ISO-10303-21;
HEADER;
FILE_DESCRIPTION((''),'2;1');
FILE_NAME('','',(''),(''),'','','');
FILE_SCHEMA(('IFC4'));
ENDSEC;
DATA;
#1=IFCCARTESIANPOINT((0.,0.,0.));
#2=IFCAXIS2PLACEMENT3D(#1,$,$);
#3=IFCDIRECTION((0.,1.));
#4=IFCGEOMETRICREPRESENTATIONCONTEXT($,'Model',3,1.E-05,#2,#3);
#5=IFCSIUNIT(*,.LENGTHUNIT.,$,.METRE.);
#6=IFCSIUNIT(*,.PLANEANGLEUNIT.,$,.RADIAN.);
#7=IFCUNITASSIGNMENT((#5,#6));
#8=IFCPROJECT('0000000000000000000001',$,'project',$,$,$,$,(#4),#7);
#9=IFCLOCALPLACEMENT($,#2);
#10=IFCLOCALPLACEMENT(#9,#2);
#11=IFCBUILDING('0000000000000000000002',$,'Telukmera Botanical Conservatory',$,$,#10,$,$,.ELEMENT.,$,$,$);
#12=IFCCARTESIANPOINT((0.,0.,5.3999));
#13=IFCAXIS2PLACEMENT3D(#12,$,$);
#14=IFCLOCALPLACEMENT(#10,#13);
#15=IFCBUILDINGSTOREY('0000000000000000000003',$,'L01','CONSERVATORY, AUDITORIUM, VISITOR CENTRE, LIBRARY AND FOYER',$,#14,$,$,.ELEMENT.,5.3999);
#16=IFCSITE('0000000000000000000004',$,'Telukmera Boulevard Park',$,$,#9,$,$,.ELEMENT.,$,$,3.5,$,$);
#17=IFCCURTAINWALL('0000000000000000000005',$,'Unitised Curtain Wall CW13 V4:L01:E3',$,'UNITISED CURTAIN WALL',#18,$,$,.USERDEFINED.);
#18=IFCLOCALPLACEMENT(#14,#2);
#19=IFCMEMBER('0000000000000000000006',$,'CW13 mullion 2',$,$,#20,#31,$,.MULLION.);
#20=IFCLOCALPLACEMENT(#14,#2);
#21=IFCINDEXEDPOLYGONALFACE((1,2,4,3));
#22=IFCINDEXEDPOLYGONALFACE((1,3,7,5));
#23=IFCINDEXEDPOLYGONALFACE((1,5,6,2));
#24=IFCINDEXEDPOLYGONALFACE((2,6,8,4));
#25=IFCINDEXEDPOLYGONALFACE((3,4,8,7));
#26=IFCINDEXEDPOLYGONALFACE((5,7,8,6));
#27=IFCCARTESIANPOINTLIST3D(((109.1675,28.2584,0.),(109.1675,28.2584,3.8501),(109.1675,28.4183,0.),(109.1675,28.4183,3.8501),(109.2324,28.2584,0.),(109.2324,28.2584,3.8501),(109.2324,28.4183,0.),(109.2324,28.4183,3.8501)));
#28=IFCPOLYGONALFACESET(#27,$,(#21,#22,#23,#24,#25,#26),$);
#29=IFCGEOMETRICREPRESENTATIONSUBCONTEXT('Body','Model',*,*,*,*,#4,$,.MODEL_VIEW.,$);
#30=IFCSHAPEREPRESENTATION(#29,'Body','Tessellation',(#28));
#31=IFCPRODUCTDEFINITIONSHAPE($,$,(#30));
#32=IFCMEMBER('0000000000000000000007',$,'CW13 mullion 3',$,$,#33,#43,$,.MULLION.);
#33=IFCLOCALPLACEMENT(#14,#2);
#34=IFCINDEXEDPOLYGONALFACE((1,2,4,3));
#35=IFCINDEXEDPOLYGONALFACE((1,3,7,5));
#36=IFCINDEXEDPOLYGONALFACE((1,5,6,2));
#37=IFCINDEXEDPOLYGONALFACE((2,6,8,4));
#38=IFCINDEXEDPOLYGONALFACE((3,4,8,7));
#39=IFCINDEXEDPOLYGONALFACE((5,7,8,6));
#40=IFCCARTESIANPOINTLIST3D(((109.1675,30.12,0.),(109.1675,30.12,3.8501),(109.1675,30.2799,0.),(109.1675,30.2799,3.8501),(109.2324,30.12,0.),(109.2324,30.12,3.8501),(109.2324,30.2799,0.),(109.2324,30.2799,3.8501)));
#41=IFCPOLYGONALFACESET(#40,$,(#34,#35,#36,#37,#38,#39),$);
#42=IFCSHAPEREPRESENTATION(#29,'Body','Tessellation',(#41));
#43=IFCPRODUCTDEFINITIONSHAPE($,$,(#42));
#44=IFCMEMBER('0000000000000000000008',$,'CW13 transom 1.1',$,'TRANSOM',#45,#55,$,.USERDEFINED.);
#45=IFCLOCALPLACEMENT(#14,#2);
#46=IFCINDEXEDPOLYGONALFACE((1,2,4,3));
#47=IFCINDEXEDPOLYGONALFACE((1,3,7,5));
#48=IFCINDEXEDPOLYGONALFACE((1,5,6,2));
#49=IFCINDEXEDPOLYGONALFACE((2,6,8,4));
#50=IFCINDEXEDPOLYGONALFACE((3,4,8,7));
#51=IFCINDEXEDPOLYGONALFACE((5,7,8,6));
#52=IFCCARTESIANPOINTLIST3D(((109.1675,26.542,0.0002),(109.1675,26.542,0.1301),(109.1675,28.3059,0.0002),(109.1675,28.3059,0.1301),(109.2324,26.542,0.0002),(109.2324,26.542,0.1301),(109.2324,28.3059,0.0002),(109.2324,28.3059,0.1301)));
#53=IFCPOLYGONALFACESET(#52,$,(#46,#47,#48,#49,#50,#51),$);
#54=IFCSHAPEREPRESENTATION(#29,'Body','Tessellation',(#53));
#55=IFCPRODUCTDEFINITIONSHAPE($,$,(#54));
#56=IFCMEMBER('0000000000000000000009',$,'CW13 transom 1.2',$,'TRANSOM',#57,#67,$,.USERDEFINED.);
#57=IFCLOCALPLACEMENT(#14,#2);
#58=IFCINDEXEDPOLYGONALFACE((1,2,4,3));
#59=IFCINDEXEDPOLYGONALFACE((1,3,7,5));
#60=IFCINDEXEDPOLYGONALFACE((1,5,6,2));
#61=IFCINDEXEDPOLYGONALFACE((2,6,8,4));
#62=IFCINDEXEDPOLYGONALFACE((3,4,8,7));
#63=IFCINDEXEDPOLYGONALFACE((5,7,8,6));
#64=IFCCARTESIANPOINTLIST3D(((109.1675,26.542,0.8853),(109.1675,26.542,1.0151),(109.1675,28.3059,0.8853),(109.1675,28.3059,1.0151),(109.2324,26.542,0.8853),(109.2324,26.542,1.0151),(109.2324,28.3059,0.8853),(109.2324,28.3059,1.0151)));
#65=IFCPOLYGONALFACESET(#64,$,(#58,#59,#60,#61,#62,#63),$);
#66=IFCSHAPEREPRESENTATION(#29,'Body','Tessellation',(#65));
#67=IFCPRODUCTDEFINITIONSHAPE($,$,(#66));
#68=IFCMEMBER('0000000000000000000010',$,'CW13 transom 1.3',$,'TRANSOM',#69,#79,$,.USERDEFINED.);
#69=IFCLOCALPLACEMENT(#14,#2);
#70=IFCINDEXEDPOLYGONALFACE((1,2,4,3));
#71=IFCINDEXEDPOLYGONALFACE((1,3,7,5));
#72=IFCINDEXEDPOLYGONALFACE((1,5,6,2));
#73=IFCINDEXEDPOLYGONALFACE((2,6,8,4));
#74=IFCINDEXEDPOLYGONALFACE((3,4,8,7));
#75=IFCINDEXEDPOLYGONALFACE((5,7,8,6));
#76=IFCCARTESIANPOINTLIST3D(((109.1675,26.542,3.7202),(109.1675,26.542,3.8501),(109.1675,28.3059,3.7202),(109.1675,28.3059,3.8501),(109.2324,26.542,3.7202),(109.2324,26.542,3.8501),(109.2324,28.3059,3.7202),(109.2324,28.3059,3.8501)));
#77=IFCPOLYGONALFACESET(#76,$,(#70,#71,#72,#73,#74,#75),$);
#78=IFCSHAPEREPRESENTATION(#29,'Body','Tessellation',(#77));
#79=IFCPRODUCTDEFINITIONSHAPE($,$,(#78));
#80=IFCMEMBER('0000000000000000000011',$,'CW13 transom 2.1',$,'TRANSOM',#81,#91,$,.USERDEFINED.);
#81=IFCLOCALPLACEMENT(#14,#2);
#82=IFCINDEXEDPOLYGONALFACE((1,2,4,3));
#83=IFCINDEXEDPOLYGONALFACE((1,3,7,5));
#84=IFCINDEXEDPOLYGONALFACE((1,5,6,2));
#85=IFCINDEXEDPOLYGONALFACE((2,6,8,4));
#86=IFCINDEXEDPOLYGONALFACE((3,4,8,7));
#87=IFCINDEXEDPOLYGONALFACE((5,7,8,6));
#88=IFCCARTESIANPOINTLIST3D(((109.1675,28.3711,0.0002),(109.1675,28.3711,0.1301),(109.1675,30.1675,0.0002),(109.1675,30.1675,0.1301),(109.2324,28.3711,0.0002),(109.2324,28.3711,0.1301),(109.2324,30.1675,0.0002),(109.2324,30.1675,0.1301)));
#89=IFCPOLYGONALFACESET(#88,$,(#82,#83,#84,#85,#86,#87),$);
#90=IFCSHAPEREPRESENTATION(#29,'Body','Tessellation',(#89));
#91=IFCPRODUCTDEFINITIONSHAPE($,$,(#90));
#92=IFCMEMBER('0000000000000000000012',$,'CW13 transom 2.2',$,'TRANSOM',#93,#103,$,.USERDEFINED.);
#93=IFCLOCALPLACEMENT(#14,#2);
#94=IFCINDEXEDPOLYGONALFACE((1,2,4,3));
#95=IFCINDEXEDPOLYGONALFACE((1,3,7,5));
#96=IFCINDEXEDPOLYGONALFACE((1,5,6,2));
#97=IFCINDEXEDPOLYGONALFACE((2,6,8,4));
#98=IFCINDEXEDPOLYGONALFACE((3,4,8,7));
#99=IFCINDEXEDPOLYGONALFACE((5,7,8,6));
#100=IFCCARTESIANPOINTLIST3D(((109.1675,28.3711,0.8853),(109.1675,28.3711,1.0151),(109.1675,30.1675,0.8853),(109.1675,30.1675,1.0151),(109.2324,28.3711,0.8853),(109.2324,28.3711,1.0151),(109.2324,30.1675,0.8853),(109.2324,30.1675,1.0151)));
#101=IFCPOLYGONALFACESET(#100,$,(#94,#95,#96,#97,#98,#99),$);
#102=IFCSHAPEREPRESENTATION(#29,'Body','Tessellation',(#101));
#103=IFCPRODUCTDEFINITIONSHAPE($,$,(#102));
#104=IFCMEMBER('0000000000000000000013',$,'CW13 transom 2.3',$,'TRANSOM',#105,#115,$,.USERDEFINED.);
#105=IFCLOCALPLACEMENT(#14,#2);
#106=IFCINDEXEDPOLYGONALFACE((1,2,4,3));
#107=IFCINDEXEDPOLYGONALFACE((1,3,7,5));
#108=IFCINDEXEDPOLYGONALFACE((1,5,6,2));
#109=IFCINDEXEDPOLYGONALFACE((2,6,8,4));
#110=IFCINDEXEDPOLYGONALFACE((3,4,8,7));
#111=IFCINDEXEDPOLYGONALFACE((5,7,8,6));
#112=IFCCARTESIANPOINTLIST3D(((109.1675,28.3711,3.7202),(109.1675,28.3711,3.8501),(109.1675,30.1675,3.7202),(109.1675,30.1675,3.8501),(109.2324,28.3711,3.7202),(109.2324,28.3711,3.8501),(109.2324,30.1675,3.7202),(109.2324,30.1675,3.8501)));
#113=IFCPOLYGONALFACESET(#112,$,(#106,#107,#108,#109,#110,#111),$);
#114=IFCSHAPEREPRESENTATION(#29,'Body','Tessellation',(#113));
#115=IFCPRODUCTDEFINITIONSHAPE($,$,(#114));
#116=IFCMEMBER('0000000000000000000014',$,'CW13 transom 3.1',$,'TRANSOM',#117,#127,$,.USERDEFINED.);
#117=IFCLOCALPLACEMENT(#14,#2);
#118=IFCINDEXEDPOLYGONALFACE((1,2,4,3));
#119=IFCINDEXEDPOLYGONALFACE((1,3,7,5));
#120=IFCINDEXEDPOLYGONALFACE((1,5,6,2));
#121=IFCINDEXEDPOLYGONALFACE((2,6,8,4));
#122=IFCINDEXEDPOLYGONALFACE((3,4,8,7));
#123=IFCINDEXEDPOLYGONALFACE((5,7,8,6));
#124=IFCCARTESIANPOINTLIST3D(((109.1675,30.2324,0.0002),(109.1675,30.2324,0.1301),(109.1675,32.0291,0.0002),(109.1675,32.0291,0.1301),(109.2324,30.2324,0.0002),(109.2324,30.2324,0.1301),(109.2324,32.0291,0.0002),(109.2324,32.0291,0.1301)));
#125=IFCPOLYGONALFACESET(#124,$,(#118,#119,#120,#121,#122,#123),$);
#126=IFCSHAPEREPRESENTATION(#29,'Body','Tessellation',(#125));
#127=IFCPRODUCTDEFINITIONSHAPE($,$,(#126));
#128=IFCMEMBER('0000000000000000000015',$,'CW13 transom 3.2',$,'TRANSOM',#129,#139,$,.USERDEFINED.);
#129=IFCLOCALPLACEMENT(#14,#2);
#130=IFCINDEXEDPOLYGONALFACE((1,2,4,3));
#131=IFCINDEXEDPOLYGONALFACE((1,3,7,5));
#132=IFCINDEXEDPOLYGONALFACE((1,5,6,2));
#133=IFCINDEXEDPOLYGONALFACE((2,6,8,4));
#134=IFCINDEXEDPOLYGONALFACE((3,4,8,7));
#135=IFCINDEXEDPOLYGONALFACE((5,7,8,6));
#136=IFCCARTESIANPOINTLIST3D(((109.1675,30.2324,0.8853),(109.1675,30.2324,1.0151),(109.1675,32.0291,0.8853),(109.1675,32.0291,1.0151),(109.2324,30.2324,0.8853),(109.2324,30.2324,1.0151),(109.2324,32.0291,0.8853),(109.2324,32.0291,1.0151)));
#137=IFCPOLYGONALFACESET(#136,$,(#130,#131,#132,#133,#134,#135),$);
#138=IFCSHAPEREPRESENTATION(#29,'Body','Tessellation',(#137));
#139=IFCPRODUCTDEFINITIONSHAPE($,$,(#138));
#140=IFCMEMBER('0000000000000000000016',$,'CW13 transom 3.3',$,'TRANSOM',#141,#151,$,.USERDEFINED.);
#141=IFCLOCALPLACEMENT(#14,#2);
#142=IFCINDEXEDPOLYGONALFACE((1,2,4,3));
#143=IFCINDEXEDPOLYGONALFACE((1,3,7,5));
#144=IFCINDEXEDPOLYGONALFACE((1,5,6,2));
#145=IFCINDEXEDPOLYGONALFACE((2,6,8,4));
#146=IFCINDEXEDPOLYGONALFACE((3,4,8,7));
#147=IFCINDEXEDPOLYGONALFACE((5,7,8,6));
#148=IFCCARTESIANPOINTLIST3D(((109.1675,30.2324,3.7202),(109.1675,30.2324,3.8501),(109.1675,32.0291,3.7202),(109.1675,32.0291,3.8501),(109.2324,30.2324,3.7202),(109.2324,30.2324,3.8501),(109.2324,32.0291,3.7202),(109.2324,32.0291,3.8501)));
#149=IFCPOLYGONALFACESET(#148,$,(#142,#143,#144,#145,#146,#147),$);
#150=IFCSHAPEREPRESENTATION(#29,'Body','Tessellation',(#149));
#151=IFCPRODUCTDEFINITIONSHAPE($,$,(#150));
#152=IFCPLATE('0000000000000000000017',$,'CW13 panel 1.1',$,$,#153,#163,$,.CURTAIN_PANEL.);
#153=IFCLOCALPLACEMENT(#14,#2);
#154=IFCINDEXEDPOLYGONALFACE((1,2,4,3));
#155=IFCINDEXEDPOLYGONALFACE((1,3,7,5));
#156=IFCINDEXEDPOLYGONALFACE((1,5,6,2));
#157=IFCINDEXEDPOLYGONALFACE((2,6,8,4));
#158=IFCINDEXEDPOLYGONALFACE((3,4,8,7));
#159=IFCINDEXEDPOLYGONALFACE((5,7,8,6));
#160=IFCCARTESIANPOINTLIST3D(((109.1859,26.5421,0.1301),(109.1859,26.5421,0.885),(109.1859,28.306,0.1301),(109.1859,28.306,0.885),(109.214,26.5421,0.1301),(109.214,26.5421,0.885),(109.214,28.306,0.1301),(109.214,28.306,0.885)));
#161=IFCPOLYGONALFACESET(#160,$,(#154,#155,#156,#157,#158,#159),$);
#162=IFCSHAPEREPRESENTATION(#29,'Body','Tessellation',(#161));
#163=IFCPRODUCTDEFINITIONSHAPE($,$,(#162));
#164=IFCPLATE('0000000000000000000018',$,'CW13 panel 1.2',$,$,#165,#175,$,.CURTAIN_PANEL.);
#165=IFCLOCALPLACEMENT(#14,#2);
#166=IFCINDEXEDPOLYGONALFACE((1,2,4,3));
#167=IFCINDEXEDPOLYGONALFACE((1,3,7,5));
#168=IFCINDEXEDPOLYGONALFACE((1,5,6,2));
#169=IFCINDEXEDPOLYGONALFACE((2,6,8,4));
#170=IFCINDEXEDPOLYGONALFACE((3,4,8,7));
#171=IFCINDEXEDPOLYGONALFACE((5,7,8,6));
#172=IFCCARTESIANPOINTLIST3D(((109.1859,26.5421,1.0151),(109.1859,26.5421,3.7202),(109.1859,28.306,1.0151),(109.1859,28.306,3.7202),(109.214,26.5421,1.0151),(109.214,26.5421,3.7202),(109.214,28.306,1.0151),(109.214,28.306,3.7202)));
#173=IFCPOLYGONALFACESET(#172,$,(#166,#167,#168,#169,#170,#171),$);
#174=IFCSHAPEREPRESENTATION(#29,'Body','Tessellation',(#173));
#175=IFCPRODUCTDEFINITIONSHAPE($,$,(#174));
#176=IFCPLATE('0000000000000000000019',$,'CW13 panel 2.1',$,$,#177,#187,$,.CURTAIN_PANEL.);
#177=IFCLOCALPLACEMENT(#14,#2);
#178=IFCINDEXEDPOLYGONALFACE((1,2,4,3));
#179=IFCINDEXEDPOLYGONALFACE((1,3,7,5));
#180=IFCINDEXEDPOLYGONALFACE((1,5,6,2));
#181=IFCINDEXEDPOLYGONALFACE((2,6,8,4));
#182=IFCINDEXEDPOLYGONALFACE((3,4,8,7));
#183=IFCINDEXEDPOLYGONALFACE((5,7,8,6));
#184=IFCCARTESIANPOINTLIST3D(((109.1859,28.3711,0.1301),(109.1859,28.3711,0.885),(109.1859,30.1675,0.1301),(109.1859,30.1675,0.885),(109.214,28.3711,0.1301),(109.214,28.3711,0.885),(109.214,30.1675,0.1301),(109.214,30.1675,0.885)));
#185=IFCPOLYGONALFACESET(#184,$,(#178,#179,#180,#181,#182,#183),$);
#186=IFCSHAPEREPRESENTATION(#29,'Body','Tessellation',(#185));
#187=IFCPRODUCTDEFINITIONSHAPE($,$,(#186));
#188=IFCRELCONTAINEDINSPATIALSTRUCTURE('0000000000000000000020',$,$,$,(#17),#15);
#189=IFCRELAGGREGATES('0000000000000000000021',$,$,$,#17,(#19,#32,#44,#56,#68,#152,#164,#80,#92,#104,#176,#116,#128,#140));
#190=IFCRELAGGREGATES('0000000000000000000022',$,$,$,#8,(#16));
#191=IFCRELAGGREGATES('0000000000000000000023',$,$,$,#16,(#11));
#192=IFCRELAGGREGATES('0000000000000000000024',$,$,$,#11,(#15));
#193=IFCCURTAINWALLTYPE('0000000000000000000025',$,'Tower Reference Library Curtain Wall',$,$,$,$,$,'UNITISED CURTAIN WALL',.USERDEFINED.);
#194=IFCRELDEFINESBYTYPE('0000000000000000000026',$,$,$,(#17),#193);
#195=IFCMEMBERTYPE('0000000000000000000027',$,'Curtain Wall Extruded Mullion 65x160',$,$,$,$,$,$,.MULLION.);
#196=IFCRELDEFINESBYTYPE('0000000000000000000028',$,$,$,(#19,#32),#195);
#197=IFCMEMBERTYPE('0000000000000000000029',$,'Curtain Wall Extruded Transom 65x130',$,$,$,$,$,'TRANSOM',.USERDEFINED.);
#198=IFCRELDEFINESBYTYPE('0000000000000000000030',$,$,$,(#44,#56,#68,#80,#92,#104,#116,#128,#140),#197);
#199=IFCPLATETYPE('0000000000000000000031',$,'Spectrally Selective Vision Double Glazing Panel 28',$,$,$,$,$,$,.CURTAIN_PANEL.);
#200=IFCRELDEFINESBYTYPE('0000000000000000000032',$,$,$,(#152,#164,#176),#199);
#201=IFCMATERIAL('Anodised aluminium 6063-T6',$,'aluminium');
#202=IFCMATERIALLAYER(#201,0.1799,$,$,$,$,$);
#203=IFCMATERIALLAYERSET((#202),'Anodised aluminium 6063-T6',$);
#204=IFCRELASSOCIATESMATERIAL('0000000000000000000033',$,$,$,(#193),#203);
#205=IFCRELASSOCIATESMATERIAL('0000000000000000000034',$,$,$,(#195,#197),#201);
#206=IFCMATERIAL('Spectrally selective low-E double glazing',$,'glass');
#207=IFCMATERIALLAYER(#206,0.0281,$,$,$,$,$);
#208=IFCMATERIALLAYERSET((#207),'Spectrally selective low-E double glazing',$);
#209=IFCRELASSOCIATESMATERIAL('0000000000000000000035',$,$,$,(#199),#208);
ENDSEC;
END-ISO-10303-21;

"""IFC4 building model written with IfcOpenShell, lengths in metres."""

from ifc_helpers import new_model, si_unit, direction, frame, origin, origin_2d, place, context, subcontext, project, spatial, rectangle, extrude, material, layer, layer_set, material_profile, profile_set, type_object, element, aggregate, save


model = new_model("IFC4")

# Units and contexts
model_context = context("Model", 3, precision=1e-05, world=origin(), true_north=direction((0.0, 1.0)))
body_context = subcontext(model_context, "Body", "Model", "MODEL_VIEW")
ifc_project = project(units=[si_unit("LENGTHUNIT", "METRE"), si_unit("PLANEANGLEUNIT", "RADIAN")], contexts=[model_context])

# Site, building, storey
site_placement = place(None, origin())
site = spatial("IfcSite", under=ifc_project, at=site_placement, Name="Telukmera Boulevard Park", CompositionType="ELEMENT", RefElevation=3.5)
building_placement = place(site_placement, origin())
building = spatial("IfcBuilding", under=site, at=building_placement, Name="Telukmera Botanical Conservatory", CompositionType="ELEMENT")
storey_placement = place(building_placement, frame((0.0, 0.0, 5.3999)))
storey = spatial("IfcBuildingStorey", under=building, at=storey_placement, Name="L01", Description="CONSERVATORY, AUDITORIUM, VISITOR CENTRE, LIBRARY AND FOYER", CompositionType="ELEMENT", Elevation=5.3999)

# Curtain wall, members, plates
ifc_material_1 = material(Name="Anodised aluminium 6063-T6", Category="aluminium")
ifc_layer_1 = layer(ifc_material_1, 0.1799)
ifc_layer_set_1 = layer_set([ifc_layer_1], Name="Anodised aluminium 6063-T6")
curtain_wall_type = type_object("IfcCurtainWallType", Name="Tower Reference Library Curtain Wall", ElementType="UNITISED CURTAIN WALL", PredefinedType="USERDEFINED", material=ifc_layer_set_1)
curtain_wall_placement = place(storey_placement, origin())
curtain_wall = element("IfcCurtainWall", 1, at=curtain_wall_placement, inside=storey, type_object=curtain_wall_type, Name="Unitised Curtain Wall CW13 V4:L01:E3", ObjectType="UNITISED CURTAIN WALL", PredefinedType="USERDEFINED")
ifc_material_profile_1 = material_profile(ifc_material_1, rectangle(XDim=0.0649, YDim=0.1599, at=origin_2d()), Name="ALU MULL 65x160")
ifc_profile_set_1 = profile_set([ifc_material_profile_1], Name="Anodised aluminium 6063-T6")
member_type_1 = type_object("IfcMemberType", Name="Curtain Wall Extruded Mullion 65x160", PredefinedType="MULLION", material=ifc_profile_set_1)
member_1_placement = place(storey_placement, frame((109.2, 28.3384, 0.0), z_axis=(0.0, 0.0, 1.0), x_axis=(-1.0, 0.0, 0.0)))
member_1 = element("IfcMember", 2, at=member_1_placement, type_object=member_type_1, Name="CW13 mullion 2", PredefinedType="MULLION", context=body_context, shape_type="SweptSolid", body=[
    extrude(rectangle(XDim=0.0649, YDim=0.1599, at=origin_2d()), origin(), (0.0, 0.0, 1.0), 3.8501),
])
member_2_placement = place(storey_placement, frame((109.2, 30.2, 0.0), z_axis=(0.0, 0.0, 1.0), x_axis=(-1.0, 0.0, 0.0)))
member_2 = element("IfcMember", 3, at=member_2_placement, type_object=member_type_1, Name="CW13 mullion 3", PredefinedType="MULLION", context=body_context, shape_type="SweptSolid", body=[
    extrude(rectangle(XDim=0.0649, YDim=0.1599, at=origin_2d()), origin(), (0.0, 0.0, 1.0), 3.8501),
])
ifc_material_profile_2 = material_profile(ifc_material_1, rectangle(XDim=0.0649, YDim=0.1299, at=origin_2d()), Name="ALU TRAN 65x130")
ifc_profile_set_2 = profile_set([ifc_material_profile_2], Name="Anodised aluminium 6063-T6")
member_type_2 = type_object("IfcMemberType", Name="Curtain Wall Extruded Transom 65x130", ElementType="TRANSOM", PredefinedType="USERDEFINED", material=ifc_profile_set_2)
member_3_placement = place(storey_placement, frame((109.2, 26.542, 0.0652), z_axis=(0.0, 1.0, 0.0), x_axis=(-1.0, 0.0, 0.0)))
member_3 = element("IfcMember", 4, at=member_3_placement, type_object=member_type_2, Name="CW13 transom 1.1", ObjectType="TRANSOM", PredefinedType="USERDEFINED", context=body_context, shape_type="SweptSolid", body=[
    extrude(rectangle(XDim=0.0649, YDim=0.1299, at=origin_2d()), origin(), (0.0, 0.0, 1.0), 1.7639),
])
member_4_placement = place(storey_placement, frame((109.2, 26.542, 0.9502), z_axis=(0.0, 1.0, 0.0), x_axis=(-1.0, 0.0, 0.0)))
member_4 = element("IfcMember", 5, at=member_4_placement, type_object=member_type_2, Name="CW13 transom 1.2", ObjectType="TRANSOM", PredefinedType="USERDEFINED", context=body_context, shape_type="SweptSolid", body=[
    extrude(rectangle(XDim=0.0649, YDim=0.1299, at=origin_2d()), origin(), (0.0, 0.0, 1.0), 1.7639),
])
member_5_placement = place(storey_placement, frame((109.2, 26.542, 3.7852), z_axis=(0.0, 1.0, 0.0), x_axis=(-1.0, 0.0, 0.0)))
member_5 = element("IfcMember", 6, at=member_5_placement, type_object=member_type_2, Name="CW13 transom 1.3", ObjectType="TRANSOM", PredefinedType="USERDEFINED", context=body_context, shape_type="SweptSolid", body=[
    extrude(rectangle(XDim=0.0649, YDim=0.1299, at=origin_2d()), origin(), (0.0, 0.0, 1.0), 1.7639),
])
member_6_placement = place(storey_placement, frame((109.2, 28.3711, 0.0652), z_axis=(0.0, 1.0, 0.0), x_axis=(-1.0, 0.0, 0.0)))
member_6 = element("IfcMember", 7, at=member_6_placement, type_object=member_type_2, Name="CW13 transom 2.1", ObjectType="TRANSOM", PredefinedType="USERDEFINED", context=body_context, shape_type="SweptSolid", body=[
    extrude(rectangle(XDim=0.0649, YDim=0.1299, at=origin_2d()), origin(), (0.0, 0.0, 1.0), 1.7964),
])
member_7_placement = place(storey_placement, frame((109.2, 28.3711, 0.9502), z_axis=(0.0, 1.0, 0.0), x_axis=(-1.0, 0.0, 0.0)))
member_7 = element("IfcMember", 8, at=member_7_placement, type_object=member_type_2, Name="CW13 transom 2.2", ObjectType="TRANSOM", PredefinedType="USERDEFINED", context=body_context, shape_type="SweptSolid", body=[
    extrude(rectangle(XDim=0.0649, YDim=0.1299, at=origin_2d()), origin(), (0.0, 0.0, 1.0), 1.7964),
])
member_8_placement = place(storey_placement, frame((109.2, 28.3711, 3.7852), z_axis=(0.0, 1.0, 0.0), x_axis=(-1.0, 0.0, 0.0)))
member_8 = element("IfcMember", 9, at=member_8_placement, type_object=member_type_2, Name="CW13 transom 2.3", ObjectType="TRANSOM", PredefinedType="USERDEFINED", context=body_context, shape_type="SweptSolid", body=[
    extrude(rectangle(XDim=0.0649, YDim=0.1299, at=origin_2d()), origin(), (0.0, 0.0, 1.0), 1.7964),
])
member_9_placement = place(storey_placement, frame((109.2, 30.2324, 0.0652), z_axis=(0.0, 1.0, 0.0), x_axis=(-1.0, 0.0, 0.0)))
member_9 = element("IfcMember", 10, at=member_9_placement, type_object=member_type_2, Name="CW13 transom 3.1", ObjectType="TRANSOM", PredefinedType="USERDEFINED", context=body_context, shape_type="SweptSolid", body=[
    extrude(rectangle(XDim=0.0649, YDim=0.1299, at=origin_2d()), origin(), (0.0, 0.0, 1.0), 1.7966),
])
member_10_placement = place(storey_placement, frame((109.2, 30.2324, 0.9502), z_axis=(0.0, 1.0, 0.0), x_axis=(-1.0, 0.0, 0.0)))
member_10 = element("IfcMember", 11, at=member_10_placement, type_object=member_type_2, Name="CW13 transom 3.2", ObjectType="TRANSOM", PredefinedType="USERDEFINED", context=body_context, shape_type="SweptSolid", body=[
    extrude(rectangle(XDim=0.0649, YDim=0.1299, at=origin_2d()), origin(), (0.0, 0.0, 1.0), 1.7966),
])
member_11_placement = place(storey_placement, frame((109.2, 30.2324, 3.7852), z_axis=(0.0, 1.0, 0.0), x_axis=(-1.0, 0.0, 0.0)))
member_11 = element("IfcMember", 12, at=member_11_placement, type_object=member_type_2, Name="CW13 transom 3.3", ObjectType="TRANSOM", PredefinedType="USERDEFINED", context=body_context, shape_type="SweptSolid", body=[
    extrude(rectangle(XDim=0.0649, YDim=0.1299, at=origin_2d()), origin(), (0.0, 0.0, 1.0), 1.7966),
])
ifc_material_2 = material(Name="Spectrally selective low-E double glazing", Category="glass")
ifc_layer_2 = layer(ifc_material_2, 0.0281)
ifc_layer_set_2 = layer_set([ifc_layer_2], Name="Spectrally selective low-E double glazing")
plate_type = type_object("IfcPlateType", Name="Spectrally Selective Vision Double Glazing Panel 28", PredefinedType="CURTAIN_PANEL", material=ifc_layer_set_2)
plate_1_placement = place(storey_placement, frame((109.2, 27.4241, 0.1301), z_axis=(0.0, 0.0, 1.0), x_axis=(0.0, 1.0, 0.0)))
plate_1 = element("IfcPlate", 13, at=plate_1_placement, type_object=plate_type, Name="CW13 panel 1.1", PredefinedType="CURTAIN_PANEL", context=body_context, shape_type="SweptSolid", body=[
    extrude(rectangle(XDim=1.7639, YDim=0.0281, at=origin_2d()), origin(), (0.0, 0.0, 1.0), 0.7549),
])
plate_2_placement = place(storey_placement, frame((109.2, 27.4241, 1.0151), z_axis=(0.0, 0.0, 1.0), x_axis=(0.0, 1.0, 0.0)))
plate_2 = element("IfcPlate", 14, at=plate_2_placement, type_object=plate_type, Name="CW13 panel 1.2", PredefinedType="CURTAIN_PANEL", context=body_context, shape_type="SweptSolid", body=[
    extrude(rectangle(XDim=1.7639, YDim=0.0281, at=origin_2d()), origin(), (0.0, 0.0, 1.0), 2.7051),
])
plate_3_placement = place(storey_placement, frame((109.2, 29.2693, 0.1301), z_axis=(0.0, 0.0, 1.0), x_axis=(0.0, 1.0, 0.0)))
plate_3 = element("IfcPlate", 15, at=plate_3_placement, type_object=plate_type, Name="CW13 panel 2.1", PredefinedType="CURTAIN_PANEL", context=body_context, shape_type="SweptSolid", body=[
    extrude(rectangle(XDim=1.7964, YDim=0.0281, at=origin_2d()), origin(), (0.0, 0.0, 1.0), 0.7549),
])
aggregate(curtain_wall, [member_1, member_2, member_3, member_4, member_5, plate_1, plate_2, member_6, member_7, member_8, plate_3, member_9, member_10, member_11])

save(model, "model.ifc")
